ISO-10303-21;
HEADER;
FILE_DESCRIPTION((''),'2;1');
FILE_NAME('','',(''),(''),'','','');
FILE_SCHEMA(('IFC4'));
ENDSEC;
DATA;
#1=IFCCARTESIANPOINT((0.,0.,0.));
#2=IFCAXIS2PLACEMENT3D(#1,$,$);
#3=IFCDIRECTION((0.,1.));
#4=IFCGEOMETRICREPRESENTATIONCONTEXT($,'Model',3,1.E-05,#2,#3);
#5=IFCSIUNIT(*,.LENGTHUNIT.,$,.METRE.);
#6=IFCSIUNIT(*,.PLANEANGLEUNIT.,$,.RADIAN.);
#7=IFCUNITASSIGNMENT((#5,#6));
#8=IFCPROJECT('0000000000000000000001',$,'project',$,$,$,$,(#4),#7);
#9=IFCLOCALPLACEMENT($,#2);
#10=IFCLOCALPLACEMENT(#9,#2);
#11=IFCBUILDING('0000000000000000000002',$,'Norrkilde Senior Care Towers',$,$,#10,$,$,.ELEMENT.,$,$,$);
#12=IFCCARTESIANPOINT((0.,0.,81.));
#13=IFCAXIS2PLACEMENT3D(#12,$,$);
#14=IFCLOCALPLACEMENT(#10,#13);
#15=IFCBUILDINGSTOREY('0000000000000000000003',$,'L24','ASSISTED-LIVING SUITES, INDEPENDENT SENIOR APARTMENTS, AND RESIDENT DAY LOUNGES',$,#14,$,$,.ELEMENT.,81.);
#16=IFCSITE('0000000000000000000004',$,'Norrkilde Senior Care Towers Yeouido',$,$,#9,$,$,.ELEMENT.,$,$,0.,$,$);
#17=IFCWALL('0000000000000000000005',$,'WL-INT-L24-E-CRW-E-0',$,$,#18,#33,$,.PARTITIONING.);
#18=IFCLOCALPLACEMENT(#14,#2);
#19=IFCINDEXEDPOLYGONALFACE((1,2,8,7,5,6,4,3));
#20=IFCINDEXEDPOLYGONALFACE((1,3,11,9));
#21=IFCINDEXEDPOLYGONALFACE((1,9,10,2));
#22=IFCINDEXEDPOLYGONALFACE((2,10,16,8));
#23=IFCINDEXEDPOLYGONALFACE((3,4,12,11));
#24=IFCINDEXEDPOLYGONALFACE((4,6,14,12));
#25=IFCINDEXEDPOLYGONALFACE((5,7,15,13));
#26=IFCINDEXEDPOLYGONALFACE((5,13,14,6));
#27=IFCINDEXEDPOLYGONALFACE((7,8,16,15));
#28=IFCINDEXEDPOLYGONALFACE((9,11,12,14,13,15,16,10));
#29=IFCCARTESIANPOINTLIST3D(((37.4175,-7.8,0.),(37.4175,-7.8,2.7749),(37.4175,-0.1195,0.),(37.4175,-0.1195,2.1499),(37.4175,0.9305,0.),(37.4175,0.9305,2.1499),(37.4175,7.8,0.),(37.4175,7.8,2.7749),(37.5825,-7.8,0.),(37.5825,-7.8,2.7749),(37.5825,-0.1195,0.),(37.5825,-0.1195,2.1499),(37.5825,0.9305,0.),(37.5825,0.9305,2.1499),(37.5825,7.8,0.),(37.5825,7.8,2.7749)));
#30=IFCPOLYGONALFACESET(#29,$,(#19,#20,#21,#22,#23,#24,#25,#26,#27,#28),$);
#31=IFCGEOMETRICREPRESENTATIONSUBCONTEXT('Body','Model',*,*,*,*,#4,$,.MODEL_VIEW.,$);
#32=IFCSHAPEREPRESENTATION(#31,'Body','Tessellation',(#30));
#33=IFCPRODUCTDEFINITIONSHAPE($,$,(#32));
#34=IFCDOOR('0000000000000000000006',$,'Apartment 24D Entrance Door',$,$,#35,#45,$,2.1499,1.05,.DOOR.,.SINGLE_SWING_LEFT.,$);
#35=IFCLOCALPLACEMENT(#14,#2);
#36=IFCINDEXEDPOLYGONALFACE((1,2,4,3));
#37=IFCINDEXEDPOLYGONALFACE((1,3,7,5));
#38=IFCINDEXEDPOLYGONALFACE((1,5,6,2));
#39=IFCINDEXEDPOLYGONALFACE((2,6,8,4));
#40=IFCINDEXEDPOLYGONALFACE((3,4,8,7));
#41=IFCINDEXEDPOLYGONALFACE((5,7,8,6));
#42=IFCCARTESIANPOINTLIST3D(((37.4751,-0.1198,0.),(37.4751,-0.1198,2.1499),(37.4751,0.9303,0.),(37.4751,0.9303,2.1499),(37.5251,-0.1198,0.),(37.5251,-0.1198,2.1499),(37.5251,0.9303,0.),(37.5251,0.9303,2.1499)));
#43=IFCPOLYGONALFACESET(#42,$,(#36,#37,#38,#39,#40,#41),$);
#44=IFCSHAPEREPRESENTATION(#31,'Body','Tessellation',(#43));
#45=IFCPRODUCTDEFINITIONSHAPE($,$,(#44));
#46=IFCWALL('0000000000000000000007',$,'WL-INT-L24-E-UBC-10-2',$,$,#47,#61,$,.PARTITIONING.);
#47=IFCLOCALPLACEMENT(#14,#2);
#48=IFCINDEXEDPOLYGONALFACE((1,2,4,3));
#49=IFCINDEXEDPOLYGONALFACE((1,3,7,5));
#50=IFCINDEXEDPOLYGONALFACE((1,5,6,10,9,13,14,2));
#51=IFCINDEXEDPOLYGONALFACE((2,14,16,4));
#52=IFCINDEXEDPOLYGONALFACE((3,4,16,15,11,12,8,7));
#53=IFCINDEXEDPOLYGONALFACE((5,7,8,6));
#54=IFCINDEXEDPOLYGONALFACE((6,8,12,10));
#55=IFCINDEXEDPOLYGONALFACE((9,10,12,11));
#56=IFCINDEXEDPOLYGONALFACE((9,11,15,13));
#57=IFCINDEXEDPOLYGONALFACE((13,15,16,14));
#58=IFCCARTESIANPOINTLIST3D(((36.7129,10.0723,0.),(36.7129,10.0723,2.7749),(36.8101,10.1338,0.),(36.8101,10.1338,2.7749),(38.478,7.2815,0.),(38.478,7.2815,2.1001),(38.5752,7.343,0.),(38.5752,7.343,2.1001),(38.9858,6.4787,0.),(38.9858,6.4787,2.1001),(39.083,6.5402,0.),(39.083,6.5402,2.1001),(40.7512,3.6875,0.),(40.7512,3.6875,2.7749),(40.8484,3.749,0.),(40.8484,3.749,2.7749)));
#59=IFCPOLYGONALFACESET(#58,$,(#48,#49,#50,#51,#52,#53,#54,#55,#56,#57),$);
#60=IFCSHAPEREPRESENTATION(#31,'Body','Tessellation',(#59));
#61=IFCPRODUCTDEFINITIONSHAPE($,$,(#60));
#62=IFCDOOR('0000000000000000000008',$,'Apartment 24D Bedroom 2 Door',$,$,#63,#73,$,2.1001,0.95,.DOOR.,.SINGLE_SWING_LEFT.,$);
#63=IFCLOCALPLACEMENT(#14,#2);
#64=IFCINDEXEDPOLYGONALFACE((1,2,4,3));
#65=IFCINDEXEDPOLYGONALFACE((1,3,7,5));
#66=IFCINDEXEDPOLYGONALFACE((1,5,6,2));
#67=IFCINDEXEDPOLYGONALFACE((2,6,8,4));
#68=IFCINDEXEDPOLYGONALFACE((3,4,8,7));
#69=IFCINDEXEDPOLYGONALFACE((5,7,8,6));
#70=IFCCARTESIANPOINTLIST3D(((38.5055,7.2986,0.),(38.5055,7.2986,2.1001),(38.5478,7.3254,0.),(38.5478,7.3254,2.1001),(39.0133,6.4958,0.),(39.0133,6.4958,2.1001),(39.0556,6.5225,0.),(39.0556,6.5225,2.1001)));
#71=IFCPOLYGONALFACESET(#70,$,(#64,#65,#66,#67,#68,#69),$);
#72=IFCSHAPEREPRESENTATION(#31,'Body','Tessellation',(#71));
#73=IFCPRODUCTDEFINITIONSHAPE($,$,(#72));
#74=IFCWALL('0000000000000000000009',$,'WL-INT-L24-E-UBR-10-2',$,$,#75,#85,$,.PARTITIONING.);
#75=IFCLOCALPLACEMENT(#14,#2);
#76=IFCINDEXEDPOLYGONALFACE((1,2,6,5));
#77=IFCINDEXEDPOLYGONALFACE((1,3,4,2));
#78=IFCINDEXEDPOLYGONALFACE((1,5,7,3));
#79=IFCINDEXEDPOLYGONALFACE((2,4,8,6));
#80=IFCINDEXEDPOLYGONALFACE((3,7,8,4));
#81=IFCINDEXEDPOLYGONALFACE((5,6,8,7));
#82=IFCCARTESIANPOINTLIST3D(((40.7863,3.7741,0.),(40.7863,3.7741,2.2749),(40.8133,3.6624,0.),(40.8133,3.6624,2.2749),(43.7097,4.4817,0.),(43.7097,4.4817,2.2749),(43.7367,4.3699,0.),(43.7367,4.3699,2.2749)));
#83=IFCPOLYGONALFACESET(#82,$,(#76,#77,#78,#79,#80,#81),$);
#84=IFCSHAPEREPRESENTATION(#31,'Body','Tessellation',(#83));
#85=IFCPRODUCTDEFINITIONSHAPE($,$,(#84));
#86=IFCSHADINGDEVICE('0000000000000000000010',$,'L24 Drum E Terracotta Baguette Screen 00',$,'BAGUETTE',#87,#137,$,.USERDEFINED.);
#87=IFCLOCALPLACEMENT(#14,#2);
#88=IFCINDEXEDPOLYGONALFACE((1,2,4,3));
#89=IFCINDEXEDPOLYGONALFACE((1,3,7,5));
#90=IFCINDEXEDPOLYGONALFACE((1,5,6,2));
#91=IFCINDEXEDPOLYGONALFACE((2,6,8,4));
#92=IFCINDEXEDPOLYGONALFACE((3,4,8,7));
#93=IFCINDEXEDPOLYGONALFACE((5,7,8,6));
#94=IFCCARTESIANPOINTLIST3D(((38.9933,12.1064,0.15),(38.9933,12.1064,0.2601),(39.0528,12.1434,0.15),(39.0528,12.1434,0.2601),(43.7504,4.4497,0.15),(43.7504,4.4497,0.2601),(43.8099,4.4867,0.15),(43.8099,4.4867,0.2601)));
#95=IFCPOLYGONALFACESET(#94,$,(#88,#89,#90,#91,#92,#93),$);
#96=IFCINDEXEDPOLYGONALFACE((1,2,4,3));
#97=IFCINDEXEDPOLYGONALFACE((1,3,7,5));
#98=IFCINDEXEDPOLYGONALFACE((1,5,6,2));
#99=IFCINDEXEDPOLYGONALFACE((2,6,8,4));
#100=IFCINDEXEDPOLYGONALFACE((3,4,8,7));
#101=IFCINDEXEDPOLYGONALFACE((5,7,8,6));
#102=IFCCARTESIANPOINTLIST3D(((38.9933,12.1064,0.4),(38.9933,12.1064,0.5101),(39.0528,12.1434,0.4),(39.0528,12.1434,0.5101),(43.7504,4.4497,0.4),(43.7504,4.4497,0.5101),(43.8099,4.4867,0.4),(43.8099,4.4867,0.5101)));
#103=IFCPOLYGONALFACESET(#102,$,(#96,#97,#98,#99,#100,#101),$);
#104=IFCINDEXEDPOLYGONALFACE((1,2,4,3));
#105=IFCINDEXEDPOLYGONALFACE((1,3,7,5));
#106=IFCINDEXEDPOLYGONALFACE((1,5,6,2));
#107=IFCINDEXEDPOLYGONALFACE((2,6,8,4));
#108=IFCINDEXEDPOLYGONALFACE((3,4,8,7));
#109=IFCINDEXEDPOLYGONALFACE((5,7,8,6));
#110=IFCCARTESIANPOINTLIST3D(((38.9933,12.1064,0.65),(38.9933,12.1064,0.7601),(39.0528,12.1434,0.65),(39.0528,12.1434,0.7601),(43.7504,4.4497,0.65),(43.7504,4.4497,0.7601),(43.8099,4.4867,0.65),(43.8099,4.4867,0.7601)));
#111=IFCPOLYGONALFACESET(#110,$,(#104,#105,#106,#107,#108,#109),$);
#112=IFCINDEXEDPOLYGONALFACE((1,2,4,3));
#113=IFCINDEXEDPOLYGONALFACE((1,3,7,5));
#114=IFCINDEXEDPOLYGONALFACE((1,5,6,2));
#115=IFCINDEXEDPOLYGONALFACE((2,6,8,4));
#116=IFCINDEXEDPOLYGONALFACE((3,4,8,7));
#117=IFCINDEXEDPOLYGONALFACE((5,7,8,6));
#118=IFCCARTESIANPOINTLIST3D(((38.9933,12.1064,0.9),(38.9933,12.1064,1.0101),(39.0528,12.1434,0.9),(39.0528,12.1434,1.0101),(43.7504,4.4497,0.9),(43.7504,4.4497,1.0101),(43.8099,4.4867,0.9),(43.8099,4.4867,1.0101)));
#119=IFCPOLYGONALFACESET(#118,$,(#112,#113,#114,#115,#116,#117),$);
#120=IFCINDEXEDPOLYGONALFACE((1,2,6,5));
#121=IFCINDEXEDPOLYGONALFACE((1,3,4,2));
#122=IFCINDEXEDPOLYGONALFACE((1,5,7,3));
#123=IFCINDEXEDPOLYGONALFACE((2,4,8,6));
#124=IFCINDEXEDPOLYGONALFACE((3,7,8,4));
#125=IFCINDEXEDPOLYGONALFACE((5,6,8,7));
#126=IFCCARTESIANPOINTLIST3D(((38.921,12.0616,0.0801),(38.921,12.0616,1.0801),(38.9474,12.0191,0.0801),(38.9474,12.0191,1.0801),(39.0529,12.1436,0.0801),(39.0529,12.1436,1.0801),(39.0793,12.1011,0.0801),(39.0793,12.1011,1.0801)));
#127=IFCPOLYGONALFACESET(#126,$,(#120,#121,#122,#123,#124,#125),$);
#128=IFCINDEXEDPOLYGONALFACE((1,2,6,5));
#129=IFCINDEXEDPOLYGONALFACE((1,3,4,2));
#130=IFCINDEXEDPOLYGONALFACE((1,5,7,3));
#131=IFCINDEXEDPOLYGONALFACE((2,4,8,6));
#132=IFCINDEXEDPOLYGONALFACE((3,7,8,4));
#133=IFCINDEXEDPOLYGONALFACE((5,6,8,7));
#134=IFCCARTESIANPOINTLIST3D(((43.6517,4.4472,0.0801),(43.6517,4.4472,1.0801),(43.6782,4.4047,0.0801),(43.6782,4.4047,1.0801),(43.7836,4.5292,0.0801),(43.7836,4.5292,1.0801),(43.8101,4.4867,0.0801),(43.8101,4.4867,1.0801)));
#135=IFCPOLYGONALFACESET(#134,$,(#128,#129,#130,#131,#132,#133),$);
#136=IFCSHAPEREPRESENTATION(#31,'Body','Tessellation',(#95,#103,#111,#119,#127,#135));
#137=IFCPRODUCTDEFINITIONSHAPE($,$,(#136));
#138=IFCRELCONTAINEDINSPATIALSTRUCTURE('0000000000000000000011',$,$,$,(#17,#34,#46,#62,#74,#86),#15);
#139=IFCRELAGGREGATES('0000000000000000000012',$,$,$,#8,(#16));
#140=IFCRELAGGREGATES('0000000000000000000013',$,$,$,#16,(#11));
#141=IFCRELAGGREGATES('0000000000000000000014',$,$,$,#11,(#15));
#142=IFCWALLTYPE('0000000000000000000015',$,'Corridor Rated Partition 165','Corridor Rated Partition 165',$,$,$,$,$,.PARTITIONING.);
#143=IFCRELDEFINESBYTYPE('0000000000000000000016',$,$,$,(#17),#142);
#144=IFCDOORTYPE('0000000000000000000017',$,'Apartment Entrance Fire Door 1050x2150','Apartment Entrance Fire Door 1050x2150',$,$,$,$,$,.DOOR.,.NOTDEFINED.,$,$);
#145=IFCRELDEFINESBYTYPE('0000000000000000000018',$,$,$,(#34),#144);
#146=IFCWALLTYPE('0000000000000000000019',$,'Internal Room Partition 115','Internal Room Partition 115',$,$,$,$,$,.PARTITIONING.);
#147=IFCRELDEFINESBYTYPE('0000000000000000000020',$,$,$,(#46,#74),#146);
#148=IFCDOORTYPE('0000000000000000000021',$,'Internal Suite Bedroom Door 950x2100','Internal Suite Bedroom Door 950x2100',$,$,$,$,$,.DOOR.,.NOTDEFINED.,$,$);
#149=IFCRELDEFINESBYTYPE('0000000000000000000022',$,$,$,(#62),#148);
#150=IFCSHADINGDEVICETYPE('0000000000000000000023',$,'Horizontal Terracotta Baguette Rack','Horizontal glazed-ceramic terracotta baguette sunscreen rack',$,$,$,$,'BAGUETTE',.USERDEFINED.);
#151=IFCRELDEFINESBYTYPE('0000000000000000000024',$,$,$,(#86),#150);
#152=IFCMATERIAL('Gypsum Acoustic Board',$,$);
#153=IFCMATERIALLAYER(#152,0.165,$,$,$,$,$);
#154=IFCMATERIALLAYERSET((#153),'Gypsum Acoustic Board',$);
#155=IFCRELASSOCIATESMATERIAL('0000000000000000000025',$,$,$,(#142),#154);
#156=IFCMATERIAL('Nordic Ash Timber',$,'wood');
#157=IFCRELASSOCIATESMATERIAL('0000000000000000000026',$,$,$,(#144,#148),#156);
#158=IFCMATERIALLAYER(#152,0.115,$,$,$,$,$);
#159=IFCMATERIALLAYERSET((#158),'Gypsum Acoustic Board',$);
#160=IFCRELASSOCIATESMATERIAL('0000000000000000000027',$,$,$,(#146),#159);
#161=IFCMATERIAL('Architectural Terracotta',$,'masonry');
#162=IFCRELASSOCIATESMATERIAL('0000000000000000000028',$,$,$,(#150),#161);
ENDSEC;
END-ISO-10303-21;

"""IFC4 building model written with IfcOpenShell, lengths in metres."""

from ifc_helpers import new_model, si_unit, direction, frame, frame_2d, origin, origin_2d, place, context, subcontext, project, spatial, rectangle, extrude, source, transform, mapped, material, layer, layer_set, type_object, type_shapes, element, fill, save


model = new_model("IFC4")

# Units and contexts
model_context = context("Model", 3, precision=1e-05, world=origin(), true_north=direction((0.0, 1.0)))
body_context = subcontext(model_context, "Body", "Model", "MODEL_VIEW")
ifc_project = project(units=[si_unit("LENGTHUNIT", "METRE"), si_unit("PLANEANGLEUNIT", "RADIAN")], contexts=[model_context])

# Site, building, storey
site_placement = place(None, origin())
site = spatial("IfcSite", under=ifc_project, at=site_placement, Name="Norrkilde Senior Care Towers Yeouido", CompositionType="ELEMENT", RefElevation=0.0)
building_placement = place(site_placement, origin())
building = spatial("IfcBuilding", under=site, at=building_placement, Name="Norrkilde Senior Care Towers", CompositionType="ELEMENT")
storey_placement = place(building_placement, frame((0.0, 0.0, 81.0)))
storey = spatial("IfcBuildingStorey", under=building, at=storey_placement, Name="L24", Description="ASSISTED-LIVING SUITES, INDEPENDENT SENIOR APARTMENTS, AND RESIDENT DAY LOUNGES", CompositionType="ELEMENT", Elevation=81.0)

# Walls, openings, doors
ifc_material_1 = material(Name="Gypsum Acoustic Board")
ifc_layer_1 = layer(ifc_material_1, 0.165)
ifc_layer_set_1 = layer_set([ifc_layer_1], Name="Gypsum Acoustic Board")
wall_type_1 = type_object("IfcWallType", Name="Corridor Rated Partition 165", Description="Corridor Rated Partition 165", PredefinedType="PARTITIONING", material=ifc_layer_set_1)
shared_shape_1 = source(origin(), body_context, "Body", "SweptSolid", [
    extrude(rectangle(XDim=15.6001, YDim=0.165, at=frame_2d((7.8, 0.0))), origin(), (0.0, 0.0, 1.0), 2.7749),
])
type_shapes(wall_type_1, [shared_shape_1])
wall_1_placement = place(storey_placement, frame((37.5, 7.8, 0.0), z_axis=(0.0, 0.0, 1.0), x_axis=(0.0, -1.0, 0.0)))
wall_1 = element("IfcWall", 1, at=wall_1_placement, inside=storey, type_object=wall_type_1, Name="WL-INT-L24-E-CRW-E-0", PredefinedType="PARTITIONING", context=body_context, shape_type="MappedRepresentation", body=[
    mapped(shared_shape_1, transform((0.0, 0.0, 0.0), x_axis=(1.0, 0.0, 0.0), y_axis=(0.0, 1.0, 0.0), z_axis=(0.0, 0.0, 1.0), scale=1.0)),
])
opening_1_placement = place(wall_1_placement, frame((6.8696, 0.0, 0.0)))
opening_1 = element("IfcOpeningElement", 2, at=opening_1_placement, cuts=wall_1, PredefinedType="OPENING", context=body_context, shape_type="SweptSolid", body=[
    extrude(rectangle(XDim=1.05, YDim=2.1499, at=frame_2d((0.5249, 1.075))), frame((0.0, 0.0925, 0.0), z_axis=(0.0, -1.0, 0.0), x_axis=(1.0, 0.0, 0.0)), (0.0, 0.0, 1.0), 0.1851),
])
ifc_material_2 = material(Name="Nordic Ash Timber", Category="wood")
door_type_1 = type_object("IfcDoorType", Name="Apartment Entrance Fire Door 1050x2150", Description="Apartment Entrance Fire Door 1050x2150", OperationType="NOTDEFINED", PredefinedType="DOOR", material=ifc_material_2)
shared_shape_2 = source(origin(), body_context, "Body", "SweptSolid", [
    extrude(rectangle(XDim=1.05, YDim=2.1499, at=frame_2d((0.5249, 1.075))), frame((0.0, 0.0249, 0.0), z_axis=(0.0, -1.0, 0.0), x_axis=(1.0, 0.0, 0.0)), (0.0, 0.0, 1.0), 0.05),
])
type_shapes(door_type_1, [shared_shape_2])
door_1_placement = place(opening_1_placement, frame((1.05, 0.0, 0.0), z_axis=(0.0, 0.0, 1.0), x_axis=(-1.0, 0.0, 0.0)))
door_1 = element("IfcDoor", 3, at=door_1_placement, inside=storey, type_object=door_type_1, Name="Apartment 24D Entrance Door", OperationType="SINGLE_SWING_LEFT", OverallHeight=2.1499, OverallWidth=1.05, PredefinedType="DOOR", context=body_context, shape_type="MappedRepresentation", body=[
    mapped(shared_shape_2, transform((0.0, 0.0, 0.0), x_axis=(1.0, 0.0, 0.0), y_axis=(0.0, 1.0, 0.0), z_axis=(0.0, 0.0, 1.0), scale=1.0)),
])
fill(opening_1, door_1)
ifc_layer_2 = layer(ifc_material_1, 0.115)
ifc_layer_set_2 = layer_set([ifc_layer_2], Name="Gypsum Acoustic Board")
wall_type_2 = type_object("IfcWallType", Name="Internal Room Partition 115", Description="Internal Room Partition 115", PredefinedType="PARTITIONING", material=ifc_layer_set_2)
shared_shape_3 = source(origin(), body_context, "Body", "SweptSolid", [
    extrude(rectangle(XDim=7.5547, YDim=0.115, at=frame_2d((3.7773, 0.0))), origin(), (0.0, 0.0, 1.0), 2.7749),
])
wall_2_placement = place(storey_placement, frame((40.7998, 3.7183, 0.0), z_axis=(0.0, 0.0, 1.0), x_axis=(-0.534546, 0.845139, 0.0)))
wall_2 = element("IfcWall", 4, at=wall_2_placement, inside=storey, type_object=wall_type_2, Name="WL-INT-L24-E-UBC-10-2", PredefinedType="PARTITIONING", context=body_context, shape_type="MappedRepresentation", body=[
    mapped(shared_shape_3, transform((0.0, 0.0, 0.0), x_axis=(1.0, 0.0, 0.0), y_axis=(0.0, 1.0, 0.0), z_axis=(0.0, 0.0, 1.0), scale=1.0)),
])
opening_2_placement = place(wall_2_placement, frame((3.3025, 0.0, 0.0)))
opening_2 = element("IfcOpeningElement", 5, at=opening_2_placement, cuts=wall_2, PredefinedType="OPENING", context=body_context, shape_type="SweptSolid", body=[
    extrude(rectangle(XDim=0.95, YDim=2.1001, at=frame_2d((0.4751, 1.05))), frame((0.0, 0.0674, 0.0), z_axis=(0.0, -1.0, 0.0), x_axis=(1.0, 0.0, 0.0)), (0.0, 0.0, 1.0), 0.135),
])
door_type_2 = type_object("IfcDoorType", Name="Internal Suite Bedroom Door 950x2100", Description="Internal Suite Bedroom Door 950x2100", OperationType="NOTDEFINED", PredefinedType="DOOR", material=ifc_material_2)
shared_shape_4 = source(origin(), body_context, "Body", "SweptSolid", [
    extrude(rectangle(XDim=0.95, YDim=2.1001, at=frame_2d((0.4751, 1.05))), frame((0.0, 0.0249, 0.0), z_axis=(0.0, -1.0, 0.0), x_axis=(1.0, 0.0, 0.0)), (0.0, 0.0, 1.0), 0.05),
])
type_shapes(door_type_2, [shared_shape_4])
door_2_placement = place(opening_2_placement, frame((0.95, 0.0, 0.0), z_axis=(0.0, 0.0, 1.0), x_axis=(-1.0, 0.0, 0.0)))
door_2 = element("IfcDoor", 6, at=door_2_placement, inside=storey, type_object=door_type_2, Name="Apartment 24D Bedroom 2 Door", OperationType="SINGLE_SWING_LEFT", OverallHeight=2.1001, OverallWidth=0.95, PredefinedType="DOOR", context=body_context, shape_type="MappedRepresentation", body=[
    mapped(shared_shape_4, transform((0.0, 0.0, 0.0), x_axis=(1.0, 0.0, 0.0), y_axis=(0.0, 1.0, 0.0), z_axis=(0.0, 0.0, 1.0), scale=1.0)),
])
fill(opening_2, door_2)

# Wall
shared_shape_5 = source(origin(), body_context, "Body", "SweptSolid", [
    extrude(rectangle(XDim=3.0078, YDim=0.115, at=frame_2d((1.5039, 0.0))), origin(), (0.0, 0.0, 1.0), 2.2749),
])
type_shapes(wall_type_2, [shared_shape_3, shared_shape_5])
wall_3_placement = place(storey_placement, frame((40.7998, 3.7183, 0.0), z_axis=(0.0, 0.0, 1.0), x_axis=(0.971939, 0.235233, 0.0)))
element("IfcWall", 7, at=wall_3_placement, inside=storey, type_object=wall_type_2, Name="WL-INT-L24-E-UBR-10-2", PredefinedType="PARTITIONING", context=body_context, shape_type="MappedRepresentation", body=[
    mapped(shared_shape_5, transform((0.0, 0.0, 0.0), x_axis=(1.0, 0.0, 0.0), y_axis=(0.0, 1.0, 0.0), z_axis=(0.0, 0.0, 1.0), scale=1.0)),
])

# Shading device
ifc_material_3 = material(Name="Architectural Terracotta", Category="masonry")
shading_device_type = type_object("IfcShadingDeviceType", Name="Horizontal Terracotta Baguette Rack", Description="Horizontal glazed-ceramic terracotta baguette sunscreen rack", ElementType="BAGUETTE", PredefinedType="USERDEFINED", material=ifc_material_3)
shared_shape_6 = source(origin(), body_context, "Body", "SweptSolid", [
    extrude(rectangle(XDim=0.0701, YDim=0.1101, at=origin_2d()), frame((0.0, 0.0901, 0.125), z_axis=(1.0, 0.0, 0.0), x_axis=(0.0, 1.0, 0.0)), (0.0, 0.0, 1.0), 9.0142),
    extrude(rectangle(XDim=0.0701, YDim=0.1101, at=origin_2d()), frame((0.0, 0.0901, 0.375), z_axis=(1.0, 0.0, 0.0), x_axis=(0.0, 1.0, 0.0)), (0.0, 0.0, 1.0), 9.0142),
    extrude(rectangle(XDim=0.0701, YDim=0.1101, at=origin_2d()), frame((0.0, 0.0901, 0.625), z_axis=(1.0, 0.0, 0.0), x_axis=(0.0, 1.0, 0.0)), (0.0, 0.0, 1.0), 9.0142),
    extrude(rectangle(XDim=0.0701, YDim=0.1101, at=origin_2d()), frame((0.0, 0.0901, 0.875), z_axis=(1.0, 0.0, 0.0), x_axis=(0.0, 1.0, 0.0)), (0.0, 0.0, 1.0), 9.0142),
    extrude(rectangle(XDim=0.05, YDim=0.1553, at=origin_2d()), frame((0.0249, 0.0476, 0.0)), (0.0, 0.0, 1.0), 1.0),
    extrude(rectangle(XDim=0.05, YDim=0.1553, at=origin_2d()), frame((8.9893, 0.0476, 0.0)), (0.0, 0.0, 1.0), 1.0),
])
type_shapes(shading_device_type, [shared_shape_6])
shading_device_placement = place(storey_placement, frame((38.9465, 12.0774, 0.0801), z_axis=(0.0, 0.0, 1.0), x_axis=(0.527734, -0.849412, 0.0)))
element("IfcShadingDevice", 8, at=shading_device_placement, inside=storey, type_object=shading_device_type, Name="L24 Drum E Terracotta Baguette Screen 00", ObjectType="BAGUETTE", PredefinedType="USERDEFINED", context=body_context, shape_type="MappedRepresentation", body=[
    mapped(shared_shape_6, transform((0.0, 0.0, 0.0), x_axis=(1.0, 0.0, 0.0), y_axis=(0.0, 1.0, 0.0), z_axis=(0.0, 0.0, 1.0), scale=1.0)),
])

save(model, "model.ifc")
